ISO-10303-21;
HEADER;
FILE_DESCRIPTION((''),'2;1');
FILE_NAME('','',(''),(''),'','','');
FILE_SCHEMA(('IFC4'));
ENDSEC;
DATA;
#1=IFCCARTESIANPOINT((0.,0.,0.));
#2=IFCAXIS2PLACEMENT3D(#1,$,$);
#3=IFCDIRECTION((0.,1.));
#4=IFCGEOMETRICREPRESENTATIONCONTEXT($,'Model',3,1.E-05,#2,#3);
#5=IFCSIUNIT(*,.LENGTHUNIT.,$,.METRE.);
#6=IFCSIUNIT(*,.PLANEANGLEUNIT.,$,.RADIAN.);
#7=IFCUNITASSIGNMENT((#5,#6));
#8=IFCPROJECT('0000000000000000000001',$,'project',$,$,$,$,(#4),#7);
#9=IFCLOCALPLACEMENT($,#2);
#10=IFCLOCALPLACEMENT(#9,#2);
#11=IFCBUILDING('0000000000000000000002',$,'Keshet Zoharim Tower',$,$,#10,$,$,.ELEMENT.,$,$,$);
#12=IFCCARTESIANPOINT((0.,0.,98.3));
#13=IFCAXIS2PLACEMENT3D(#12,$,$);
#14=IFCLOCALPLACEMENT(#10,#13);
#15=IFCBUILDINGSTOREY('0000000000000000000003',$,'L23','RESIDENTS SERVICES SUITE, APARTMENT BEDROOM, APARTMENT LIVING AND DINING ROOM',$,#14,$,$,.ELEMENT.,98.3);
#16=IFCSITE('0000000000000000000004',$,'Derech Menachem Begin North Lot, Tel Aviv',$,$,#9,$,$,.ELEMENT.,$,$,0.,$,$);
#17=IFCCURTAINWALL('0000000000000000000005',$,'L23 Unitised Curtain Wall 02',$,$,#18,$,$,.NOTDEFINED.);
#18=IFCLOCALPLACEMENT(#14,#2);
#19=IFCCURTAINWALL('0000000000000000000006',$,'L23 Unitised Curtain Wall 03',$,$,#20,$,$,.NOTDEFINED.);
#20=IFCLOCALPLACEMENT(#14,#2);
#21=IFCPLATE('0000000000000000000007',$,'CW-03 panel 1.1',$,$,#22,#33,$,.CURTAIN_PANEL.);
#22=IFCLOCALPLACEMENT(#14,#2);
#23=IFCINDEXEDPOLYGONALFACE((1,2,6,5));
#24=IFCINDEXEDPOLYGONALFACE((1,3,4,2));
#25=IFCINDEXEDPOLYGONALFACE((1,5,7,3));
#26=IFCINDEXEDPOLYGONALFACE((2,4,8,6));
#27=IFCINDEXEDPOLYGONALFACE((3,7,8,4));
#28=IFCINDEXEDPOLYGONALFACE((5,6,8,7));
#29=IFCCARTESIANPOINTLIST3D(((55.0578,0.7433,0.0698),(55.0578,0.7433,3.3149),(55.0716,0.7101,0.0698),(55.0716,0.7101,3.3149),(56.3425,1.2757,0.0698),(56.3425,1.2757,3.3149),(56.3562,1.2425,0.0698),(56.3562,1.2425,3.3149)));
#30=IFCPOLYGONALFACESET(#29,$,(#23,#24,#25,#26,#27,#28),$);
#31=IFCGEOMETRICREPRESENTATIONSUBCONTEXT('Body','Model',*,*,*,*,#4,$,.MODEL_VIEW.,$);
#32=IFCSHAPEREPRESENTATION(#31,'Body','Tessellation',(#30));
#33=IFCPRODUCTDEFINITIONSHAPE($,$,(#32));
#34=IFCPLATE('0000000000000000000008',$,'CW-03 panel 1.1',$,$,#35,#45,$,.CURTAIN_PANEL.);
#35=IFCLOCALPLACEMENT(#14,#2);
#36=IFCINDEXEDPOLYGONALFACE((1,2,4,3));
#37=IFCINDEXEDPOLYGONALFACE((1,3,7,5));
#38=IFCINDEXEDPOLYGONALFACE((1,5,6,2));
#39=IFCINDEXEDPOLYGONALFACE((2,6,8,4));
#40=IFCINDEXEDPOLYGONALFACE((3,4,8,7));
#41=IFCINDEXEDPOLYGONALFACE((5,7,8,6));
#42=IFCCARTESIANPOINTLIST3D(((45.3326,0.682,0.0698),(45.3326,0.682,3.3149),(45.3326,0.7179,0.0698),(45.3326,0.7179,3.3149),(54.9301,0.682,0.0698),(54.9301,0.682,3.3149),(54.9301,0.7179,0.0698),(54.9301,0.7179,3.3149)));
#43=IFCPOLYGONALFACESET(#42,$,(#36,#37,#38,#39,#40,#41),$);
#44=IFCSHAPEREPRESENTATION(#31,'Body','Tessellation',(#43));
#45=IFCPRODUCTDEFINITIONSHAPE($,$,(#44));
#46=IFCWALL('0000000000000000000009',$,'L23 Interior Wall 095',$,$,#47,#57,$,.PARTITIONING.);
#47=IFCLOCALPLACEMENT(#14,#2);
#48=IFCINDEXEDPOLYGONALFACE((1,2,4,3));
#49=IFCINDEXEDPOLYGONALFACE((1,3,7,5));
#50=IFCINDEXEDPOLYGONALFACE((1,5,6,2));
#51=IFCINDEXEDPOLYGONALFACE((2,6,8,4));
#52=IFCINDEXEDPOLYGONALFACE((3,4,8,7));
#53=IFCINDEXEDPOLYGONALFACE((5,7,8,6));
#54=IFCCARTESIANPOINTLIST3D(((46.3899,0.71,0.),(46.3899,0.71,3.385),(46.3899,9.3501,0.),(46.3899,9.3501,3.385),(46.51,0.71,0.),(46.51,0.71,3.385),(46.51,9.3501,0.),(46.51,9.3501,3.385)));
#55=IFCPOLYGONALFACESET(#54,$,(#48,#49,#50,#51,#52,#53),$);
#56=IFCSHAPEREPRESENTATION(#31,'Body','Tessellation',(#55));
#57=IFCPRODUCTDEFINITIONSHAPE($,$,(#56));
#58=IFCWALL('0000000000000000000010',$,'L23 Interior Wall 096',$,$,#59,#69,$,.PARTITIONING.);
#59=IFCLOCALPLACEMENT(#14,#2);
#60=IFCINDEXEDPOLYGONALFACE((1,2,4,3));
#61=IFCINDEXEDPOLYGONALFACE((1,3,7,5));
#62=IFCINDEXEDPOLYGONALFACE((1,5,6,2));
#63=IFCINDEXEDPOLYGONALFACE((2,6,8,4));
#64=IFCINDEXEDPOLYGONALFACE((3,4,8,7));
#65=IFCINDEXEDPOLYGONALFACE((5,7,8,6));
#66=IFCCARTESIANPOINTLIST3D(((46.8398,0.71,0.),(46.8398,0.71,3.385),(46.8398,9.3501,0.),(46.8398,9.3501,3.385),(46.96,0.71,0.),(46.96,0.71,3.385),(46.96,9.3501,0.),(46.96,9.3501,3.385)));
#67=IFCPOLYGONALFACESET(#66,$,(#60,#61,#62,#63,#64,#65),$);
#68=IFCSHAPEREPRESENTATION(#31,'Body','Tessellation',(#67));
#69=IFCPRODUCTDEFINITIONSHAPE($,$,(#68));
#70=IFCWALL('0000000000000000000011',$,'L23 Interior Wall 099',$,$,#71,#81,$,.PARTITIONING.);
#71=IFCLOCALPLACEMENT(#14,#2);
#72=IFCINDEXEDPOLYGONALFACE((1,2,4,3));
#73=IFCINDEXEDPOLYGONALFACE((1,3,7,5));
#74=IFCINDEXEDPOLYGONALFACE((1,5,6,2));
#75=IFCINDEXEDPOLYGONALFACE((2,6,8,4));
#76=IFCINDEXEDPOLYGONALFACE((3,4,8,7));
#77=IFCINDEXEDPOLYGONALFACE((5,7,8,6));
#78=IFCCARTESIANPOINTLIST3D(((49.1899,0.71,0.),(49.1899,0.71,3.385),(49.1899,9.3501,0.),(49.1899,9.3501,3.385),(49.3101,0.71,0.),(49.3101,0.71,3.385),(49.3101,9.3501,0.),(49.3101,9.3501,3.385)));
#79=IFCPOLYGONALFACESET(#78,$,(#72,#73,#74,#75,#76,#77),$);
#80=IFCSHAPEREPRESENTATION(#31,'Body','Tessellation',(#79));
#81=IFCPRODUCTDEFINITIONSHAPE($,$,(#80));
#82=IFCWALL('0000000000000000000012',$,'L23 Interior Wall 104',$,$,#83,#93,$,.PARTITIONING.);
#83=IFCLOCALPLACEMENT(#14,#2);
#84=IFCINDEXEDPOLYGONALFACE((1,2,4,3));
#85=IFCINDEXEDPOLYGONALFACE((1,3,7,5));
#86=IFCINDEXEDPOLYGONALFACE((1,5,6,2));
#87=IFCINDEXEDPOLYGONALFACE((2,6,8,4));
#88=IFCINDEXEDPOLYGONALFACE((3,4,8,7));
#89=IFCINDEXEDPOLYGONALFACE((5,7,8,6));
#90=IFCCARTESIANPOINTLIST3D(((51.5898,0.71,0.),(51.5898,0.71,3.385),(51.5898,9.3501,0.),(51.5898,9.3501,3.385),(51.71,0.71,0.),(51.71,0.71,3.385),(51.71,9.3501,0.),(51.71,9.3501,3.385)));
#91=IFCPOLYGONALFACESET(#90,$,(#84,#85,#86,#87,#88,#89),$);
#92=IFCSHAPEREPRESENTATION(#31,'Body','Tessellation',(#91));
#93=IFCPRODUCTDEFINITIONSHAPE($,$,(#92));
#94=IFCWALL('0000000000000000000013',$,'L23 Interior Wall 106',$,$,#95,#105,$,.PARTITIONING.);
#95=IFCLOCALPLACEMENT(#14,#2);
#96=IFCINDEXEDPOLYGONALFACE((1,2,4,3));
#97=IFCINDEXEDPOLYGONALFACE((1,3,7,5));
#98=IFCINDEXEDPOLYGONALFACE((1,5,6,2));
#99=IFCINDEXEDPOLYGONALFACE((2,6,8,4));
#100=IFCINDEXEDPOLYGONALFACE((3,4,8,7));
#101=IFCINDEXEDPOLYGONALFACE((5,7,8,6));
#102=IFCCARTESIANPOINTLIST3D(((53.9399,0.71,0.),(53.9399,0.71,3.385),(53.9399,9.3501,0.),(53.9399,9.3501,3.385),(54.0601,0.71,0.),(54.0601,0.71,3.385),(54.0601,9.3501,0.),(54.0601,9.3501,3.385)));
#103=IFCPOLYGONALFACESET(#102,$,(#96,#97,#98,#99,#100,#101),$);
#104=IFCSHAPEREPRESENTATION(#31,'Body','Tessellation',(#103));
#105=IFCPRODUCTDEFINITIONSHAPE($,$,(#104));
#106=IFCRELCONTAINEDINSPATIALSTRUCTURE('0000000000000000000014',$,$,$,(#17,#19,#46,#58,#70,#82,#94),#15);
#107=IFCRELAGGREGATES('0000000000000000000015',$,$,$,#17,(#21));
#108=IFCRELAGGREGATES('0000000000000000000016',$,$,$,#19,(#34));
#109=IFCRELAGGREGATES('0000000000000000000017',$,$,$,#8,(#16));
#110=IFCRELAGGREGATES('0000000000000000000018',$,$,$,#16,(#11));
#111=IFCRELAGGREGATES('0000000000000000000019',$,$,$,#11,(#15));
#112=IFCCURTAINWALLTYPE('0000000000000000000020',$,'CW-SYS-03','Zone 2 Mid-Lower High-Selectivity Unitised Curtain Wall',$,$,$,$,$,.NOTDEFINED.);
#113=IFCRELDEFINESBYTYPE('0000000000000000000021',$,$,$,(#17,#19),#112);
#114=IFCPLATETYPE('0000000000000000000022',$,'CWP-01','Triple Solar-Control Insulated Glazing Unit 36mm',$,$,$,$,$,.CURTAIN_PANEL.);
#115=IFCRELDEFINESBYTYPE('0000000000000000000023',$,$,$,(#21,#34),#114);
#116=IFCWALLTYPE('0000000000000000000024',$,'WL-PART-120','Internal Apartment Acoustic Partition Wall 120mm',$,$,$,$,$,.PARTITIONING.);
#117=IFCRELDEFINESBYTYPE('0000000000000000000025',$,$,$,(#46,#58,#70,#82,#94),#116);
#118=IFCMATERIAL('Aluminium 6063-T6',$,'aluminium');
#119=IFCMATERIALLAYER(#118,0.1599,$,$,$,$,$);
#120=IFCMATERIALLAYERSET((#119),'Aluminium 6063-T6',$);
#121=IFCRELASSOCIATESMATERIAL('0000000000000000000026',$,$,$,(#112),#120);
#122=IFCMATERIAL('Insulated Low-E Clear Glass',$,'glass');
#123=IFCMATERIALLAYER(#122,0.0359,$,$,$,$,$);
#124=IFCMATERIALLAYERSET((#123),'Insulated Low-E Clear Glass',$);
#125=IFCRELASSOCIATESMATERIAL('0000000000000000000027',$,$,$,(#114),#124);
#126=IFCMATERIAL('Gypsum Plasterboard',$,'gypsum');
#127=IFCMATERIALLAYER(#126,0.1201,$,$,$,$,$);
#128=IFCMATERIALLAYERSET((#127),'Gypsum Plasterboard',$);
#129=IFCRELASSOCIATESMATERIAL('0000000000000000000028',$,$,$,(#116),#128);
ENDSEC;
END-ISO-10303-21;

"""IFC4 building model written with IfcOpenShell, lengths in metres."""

from ifc_helpers import new_model, si_unit, direction, frame, frame_2d, origin, origin_2d, place, context, subcontext, project, spatial, rectangle, extrude, material, layer, layer_set, type_object, element, aggregate, save


model = new_model("IFC4")

# Units and contexts
model_context = context("Model", 3, precision=1e-05, world=origin(), true_north=direction((0.0, 1.0)))
body_context = subcontext(model_context, "Body", "Model", "MODEL_VIEW")
ifc_project = project(units=[si_unit("LENGTHUNIT", "METRE"), si_unit("PLANEANGLEUNIT", "RADIAN")], contexts=[model_context])

# Site, building, storey
site_placement = place(None, origin())
site = spatial("IfcSite", under=ifc_project, at=site_placement, Name="Derech Menachem Begin North Lot, Tel Aviv", CompositionType="ELEMENT", RefElevation=0.0)
building_placement = place(site_placement, origin())
building = spatial("IfcBuilding", under=site, at=building_placement, Name="Keshet Zoharim Tower", CompositionType="ELEMENT")
storey_placement = place(building_placement, frame((0.0, 0.0, 98.3)))
storey = spatial("IfcBuildingStorey", under=building, at=storey_placement, Name="L23", Description="RESIDENTS SERVICES SUITE, APARTMENT BEDROOM, APARTMENT LIVING AND DINING ROOM", CompositionType="ELEMENT", Elevation=98.3)

# Curtain walls
ifc_material_1 = material(Name="Aluminium 6063-T6", Category="aluminium")
ifc_layer_1 = layer(ifc_material_1, 0.1599)
ifc_layer_set_1 = layer_set([ifc_layer_1], Name="Aluminium 6063-T6")
curtain_wall_type = type_object("IfcCurtainWallType", Name="CW-SYS-03", Description="Zone 2 Mid-Lower High-Selectivity Unitised Curtain Wall", PredefinedType="NOTDEFINED", material=ifc_layer_set_1)
curtain_wall_1_placement = place(storey_placement, origin())
curtain_wall_1 = element("IfcCurtainWall", 1, at=curtain_wall_1_placement, inside=storey, type_object=curtain_wall_type, Name="L23 Unitised Curtain Wall 02", PredefinedType="NOTDEFINED")
curtain_wall_2_placement = place(storey_placement, origin())
curtain_wall_2 = element("IfcCurtainWall", 2, at=curtain_wall_2_placement, inside=storey, type_object=curtain_wall_type, Name="L23 Unitised Curtain Wall 03", PredefinedType="NOTDEFINED")

# Plates
ifc_material_2 = material(Name="Insulated Low-E Clear Glass", Category="glass")
ifc_layer_2 = layer(ifc_material_2, 0.0359)
ifc_layer_set_2 = layer_set([ifc_layer_2], Name="Insulated Low-E Clear Glass")
plate_type = type_object("IfcPlateType", Name="CWP-01", Description="Triple Solar-Control Insulated Glazing Unit 36mm", PredefinedType="CURTAIN_PANEL", material=ifc_layer_set_2)
plate_1_placement = place(storey_placement, frame((55.707, 0.9929, 0.0698), z_axis=(0.0, 0.0, 1.0), x_axis=(-0.92381, -0.382852, 0.0)))
plate_1 = element("IfcPlate", 3, at=plate_1_placement, type_object=plate_type, Name="CW-03 panel 1.1", PredefinedType="CURTAIN_PANEL", context=body_context, shape_type="SweptSolid", body=[
    extrude(rectangle(XDim=1.3906, YDim=0.0359, at=origin_2d()), origin(), (0.0, 0.0, 1.0), 3.2451),
])
aggregate(curtain_wall_1, [plate_1])
plate_2_placement = place(storey_placement, frame((50.1313, 0.7, 0.0698), z_axis=(0.0, 0.0, 1.0), x_axis=(-1.0, 0.0, 0.0)))
plate_2 = element("IfcPlate", 4, at=plate_2_placement, type_object=plate_type, Name="CW-03 panel 1.1", PredefinedType="CURTAIN_PANEL", context=body_context, shape_type="SweptSolid", body=[
    extrude(rectangle(XDim=9.5974, YDim=0.0359, at=origin_2d()), origin(), (0.0, 0.0, 1.0), 3.2451),
])
aggregate(curtain_wall_2, [plate_2])

# Walls
ifc_material_3 = material(Name="Gypsum Plasterboard", Category="gypsum")
ifc_layer_3 = layer(ifc_material_3, 0.1201)
ifc_layer_set_3 = layer_set([ifc_layer_3], Name="Gypsum Plasterboard")
wall_type = type_object("IfcWallType", Name="WL-PART-120", Description="Internal Apartment Acoustic Partition Wall 120mm", PredefinedType="PARTITIONING", material=ifc_layer_set_3)
for number, where, z_axis, x_axis, name in (
    (5, (46.45, 0.71, 0.0), (0.0, 0.0, 1.0), (0.0, 1.0, 0.0), "L23 Interior Wall 095"),
    (6, (46.8999, 0.71, 0.0), (0.0, 0.0, 1.0), (0.0, 1.0, 0.0), "L23 Interior Wall 096"),
    (7, (49.25, 0.71, 0.0), (0.0, 0.0, 1.0), (0.0, 1.0, 0.0), "L23 Interior Wall 099"),
    (8, (51.6499, 0.71, 0.0), (0.0, 0.0, 1.0), (0.0, 1.0, 0.0), "L23 Interior Wall 104"),
    (9, (54.0, 0.71, 0.0), (0.0, 0.0, 1.0), (0.0, 1.0, 0.0), "L23 Interior Wall 106"),
):
    element("IfcWall", number, at=place(storey_placement, frame(where, z_axis=z_axis, x_axis=x_axis)), inside=storey, type_object=wall_type, Name=name, PredefinedType="PARTITIONING", context=body_context, shape_type="SweptSolid", body=[
        extrude(rectangle(XDim=8.6401, YDim=0.1201, at=frame_2d((4.3201, 0.0))), origin(), (0.0, 0.0, 1.0), 3.385),
    ])

save(model, "model.ifc")
